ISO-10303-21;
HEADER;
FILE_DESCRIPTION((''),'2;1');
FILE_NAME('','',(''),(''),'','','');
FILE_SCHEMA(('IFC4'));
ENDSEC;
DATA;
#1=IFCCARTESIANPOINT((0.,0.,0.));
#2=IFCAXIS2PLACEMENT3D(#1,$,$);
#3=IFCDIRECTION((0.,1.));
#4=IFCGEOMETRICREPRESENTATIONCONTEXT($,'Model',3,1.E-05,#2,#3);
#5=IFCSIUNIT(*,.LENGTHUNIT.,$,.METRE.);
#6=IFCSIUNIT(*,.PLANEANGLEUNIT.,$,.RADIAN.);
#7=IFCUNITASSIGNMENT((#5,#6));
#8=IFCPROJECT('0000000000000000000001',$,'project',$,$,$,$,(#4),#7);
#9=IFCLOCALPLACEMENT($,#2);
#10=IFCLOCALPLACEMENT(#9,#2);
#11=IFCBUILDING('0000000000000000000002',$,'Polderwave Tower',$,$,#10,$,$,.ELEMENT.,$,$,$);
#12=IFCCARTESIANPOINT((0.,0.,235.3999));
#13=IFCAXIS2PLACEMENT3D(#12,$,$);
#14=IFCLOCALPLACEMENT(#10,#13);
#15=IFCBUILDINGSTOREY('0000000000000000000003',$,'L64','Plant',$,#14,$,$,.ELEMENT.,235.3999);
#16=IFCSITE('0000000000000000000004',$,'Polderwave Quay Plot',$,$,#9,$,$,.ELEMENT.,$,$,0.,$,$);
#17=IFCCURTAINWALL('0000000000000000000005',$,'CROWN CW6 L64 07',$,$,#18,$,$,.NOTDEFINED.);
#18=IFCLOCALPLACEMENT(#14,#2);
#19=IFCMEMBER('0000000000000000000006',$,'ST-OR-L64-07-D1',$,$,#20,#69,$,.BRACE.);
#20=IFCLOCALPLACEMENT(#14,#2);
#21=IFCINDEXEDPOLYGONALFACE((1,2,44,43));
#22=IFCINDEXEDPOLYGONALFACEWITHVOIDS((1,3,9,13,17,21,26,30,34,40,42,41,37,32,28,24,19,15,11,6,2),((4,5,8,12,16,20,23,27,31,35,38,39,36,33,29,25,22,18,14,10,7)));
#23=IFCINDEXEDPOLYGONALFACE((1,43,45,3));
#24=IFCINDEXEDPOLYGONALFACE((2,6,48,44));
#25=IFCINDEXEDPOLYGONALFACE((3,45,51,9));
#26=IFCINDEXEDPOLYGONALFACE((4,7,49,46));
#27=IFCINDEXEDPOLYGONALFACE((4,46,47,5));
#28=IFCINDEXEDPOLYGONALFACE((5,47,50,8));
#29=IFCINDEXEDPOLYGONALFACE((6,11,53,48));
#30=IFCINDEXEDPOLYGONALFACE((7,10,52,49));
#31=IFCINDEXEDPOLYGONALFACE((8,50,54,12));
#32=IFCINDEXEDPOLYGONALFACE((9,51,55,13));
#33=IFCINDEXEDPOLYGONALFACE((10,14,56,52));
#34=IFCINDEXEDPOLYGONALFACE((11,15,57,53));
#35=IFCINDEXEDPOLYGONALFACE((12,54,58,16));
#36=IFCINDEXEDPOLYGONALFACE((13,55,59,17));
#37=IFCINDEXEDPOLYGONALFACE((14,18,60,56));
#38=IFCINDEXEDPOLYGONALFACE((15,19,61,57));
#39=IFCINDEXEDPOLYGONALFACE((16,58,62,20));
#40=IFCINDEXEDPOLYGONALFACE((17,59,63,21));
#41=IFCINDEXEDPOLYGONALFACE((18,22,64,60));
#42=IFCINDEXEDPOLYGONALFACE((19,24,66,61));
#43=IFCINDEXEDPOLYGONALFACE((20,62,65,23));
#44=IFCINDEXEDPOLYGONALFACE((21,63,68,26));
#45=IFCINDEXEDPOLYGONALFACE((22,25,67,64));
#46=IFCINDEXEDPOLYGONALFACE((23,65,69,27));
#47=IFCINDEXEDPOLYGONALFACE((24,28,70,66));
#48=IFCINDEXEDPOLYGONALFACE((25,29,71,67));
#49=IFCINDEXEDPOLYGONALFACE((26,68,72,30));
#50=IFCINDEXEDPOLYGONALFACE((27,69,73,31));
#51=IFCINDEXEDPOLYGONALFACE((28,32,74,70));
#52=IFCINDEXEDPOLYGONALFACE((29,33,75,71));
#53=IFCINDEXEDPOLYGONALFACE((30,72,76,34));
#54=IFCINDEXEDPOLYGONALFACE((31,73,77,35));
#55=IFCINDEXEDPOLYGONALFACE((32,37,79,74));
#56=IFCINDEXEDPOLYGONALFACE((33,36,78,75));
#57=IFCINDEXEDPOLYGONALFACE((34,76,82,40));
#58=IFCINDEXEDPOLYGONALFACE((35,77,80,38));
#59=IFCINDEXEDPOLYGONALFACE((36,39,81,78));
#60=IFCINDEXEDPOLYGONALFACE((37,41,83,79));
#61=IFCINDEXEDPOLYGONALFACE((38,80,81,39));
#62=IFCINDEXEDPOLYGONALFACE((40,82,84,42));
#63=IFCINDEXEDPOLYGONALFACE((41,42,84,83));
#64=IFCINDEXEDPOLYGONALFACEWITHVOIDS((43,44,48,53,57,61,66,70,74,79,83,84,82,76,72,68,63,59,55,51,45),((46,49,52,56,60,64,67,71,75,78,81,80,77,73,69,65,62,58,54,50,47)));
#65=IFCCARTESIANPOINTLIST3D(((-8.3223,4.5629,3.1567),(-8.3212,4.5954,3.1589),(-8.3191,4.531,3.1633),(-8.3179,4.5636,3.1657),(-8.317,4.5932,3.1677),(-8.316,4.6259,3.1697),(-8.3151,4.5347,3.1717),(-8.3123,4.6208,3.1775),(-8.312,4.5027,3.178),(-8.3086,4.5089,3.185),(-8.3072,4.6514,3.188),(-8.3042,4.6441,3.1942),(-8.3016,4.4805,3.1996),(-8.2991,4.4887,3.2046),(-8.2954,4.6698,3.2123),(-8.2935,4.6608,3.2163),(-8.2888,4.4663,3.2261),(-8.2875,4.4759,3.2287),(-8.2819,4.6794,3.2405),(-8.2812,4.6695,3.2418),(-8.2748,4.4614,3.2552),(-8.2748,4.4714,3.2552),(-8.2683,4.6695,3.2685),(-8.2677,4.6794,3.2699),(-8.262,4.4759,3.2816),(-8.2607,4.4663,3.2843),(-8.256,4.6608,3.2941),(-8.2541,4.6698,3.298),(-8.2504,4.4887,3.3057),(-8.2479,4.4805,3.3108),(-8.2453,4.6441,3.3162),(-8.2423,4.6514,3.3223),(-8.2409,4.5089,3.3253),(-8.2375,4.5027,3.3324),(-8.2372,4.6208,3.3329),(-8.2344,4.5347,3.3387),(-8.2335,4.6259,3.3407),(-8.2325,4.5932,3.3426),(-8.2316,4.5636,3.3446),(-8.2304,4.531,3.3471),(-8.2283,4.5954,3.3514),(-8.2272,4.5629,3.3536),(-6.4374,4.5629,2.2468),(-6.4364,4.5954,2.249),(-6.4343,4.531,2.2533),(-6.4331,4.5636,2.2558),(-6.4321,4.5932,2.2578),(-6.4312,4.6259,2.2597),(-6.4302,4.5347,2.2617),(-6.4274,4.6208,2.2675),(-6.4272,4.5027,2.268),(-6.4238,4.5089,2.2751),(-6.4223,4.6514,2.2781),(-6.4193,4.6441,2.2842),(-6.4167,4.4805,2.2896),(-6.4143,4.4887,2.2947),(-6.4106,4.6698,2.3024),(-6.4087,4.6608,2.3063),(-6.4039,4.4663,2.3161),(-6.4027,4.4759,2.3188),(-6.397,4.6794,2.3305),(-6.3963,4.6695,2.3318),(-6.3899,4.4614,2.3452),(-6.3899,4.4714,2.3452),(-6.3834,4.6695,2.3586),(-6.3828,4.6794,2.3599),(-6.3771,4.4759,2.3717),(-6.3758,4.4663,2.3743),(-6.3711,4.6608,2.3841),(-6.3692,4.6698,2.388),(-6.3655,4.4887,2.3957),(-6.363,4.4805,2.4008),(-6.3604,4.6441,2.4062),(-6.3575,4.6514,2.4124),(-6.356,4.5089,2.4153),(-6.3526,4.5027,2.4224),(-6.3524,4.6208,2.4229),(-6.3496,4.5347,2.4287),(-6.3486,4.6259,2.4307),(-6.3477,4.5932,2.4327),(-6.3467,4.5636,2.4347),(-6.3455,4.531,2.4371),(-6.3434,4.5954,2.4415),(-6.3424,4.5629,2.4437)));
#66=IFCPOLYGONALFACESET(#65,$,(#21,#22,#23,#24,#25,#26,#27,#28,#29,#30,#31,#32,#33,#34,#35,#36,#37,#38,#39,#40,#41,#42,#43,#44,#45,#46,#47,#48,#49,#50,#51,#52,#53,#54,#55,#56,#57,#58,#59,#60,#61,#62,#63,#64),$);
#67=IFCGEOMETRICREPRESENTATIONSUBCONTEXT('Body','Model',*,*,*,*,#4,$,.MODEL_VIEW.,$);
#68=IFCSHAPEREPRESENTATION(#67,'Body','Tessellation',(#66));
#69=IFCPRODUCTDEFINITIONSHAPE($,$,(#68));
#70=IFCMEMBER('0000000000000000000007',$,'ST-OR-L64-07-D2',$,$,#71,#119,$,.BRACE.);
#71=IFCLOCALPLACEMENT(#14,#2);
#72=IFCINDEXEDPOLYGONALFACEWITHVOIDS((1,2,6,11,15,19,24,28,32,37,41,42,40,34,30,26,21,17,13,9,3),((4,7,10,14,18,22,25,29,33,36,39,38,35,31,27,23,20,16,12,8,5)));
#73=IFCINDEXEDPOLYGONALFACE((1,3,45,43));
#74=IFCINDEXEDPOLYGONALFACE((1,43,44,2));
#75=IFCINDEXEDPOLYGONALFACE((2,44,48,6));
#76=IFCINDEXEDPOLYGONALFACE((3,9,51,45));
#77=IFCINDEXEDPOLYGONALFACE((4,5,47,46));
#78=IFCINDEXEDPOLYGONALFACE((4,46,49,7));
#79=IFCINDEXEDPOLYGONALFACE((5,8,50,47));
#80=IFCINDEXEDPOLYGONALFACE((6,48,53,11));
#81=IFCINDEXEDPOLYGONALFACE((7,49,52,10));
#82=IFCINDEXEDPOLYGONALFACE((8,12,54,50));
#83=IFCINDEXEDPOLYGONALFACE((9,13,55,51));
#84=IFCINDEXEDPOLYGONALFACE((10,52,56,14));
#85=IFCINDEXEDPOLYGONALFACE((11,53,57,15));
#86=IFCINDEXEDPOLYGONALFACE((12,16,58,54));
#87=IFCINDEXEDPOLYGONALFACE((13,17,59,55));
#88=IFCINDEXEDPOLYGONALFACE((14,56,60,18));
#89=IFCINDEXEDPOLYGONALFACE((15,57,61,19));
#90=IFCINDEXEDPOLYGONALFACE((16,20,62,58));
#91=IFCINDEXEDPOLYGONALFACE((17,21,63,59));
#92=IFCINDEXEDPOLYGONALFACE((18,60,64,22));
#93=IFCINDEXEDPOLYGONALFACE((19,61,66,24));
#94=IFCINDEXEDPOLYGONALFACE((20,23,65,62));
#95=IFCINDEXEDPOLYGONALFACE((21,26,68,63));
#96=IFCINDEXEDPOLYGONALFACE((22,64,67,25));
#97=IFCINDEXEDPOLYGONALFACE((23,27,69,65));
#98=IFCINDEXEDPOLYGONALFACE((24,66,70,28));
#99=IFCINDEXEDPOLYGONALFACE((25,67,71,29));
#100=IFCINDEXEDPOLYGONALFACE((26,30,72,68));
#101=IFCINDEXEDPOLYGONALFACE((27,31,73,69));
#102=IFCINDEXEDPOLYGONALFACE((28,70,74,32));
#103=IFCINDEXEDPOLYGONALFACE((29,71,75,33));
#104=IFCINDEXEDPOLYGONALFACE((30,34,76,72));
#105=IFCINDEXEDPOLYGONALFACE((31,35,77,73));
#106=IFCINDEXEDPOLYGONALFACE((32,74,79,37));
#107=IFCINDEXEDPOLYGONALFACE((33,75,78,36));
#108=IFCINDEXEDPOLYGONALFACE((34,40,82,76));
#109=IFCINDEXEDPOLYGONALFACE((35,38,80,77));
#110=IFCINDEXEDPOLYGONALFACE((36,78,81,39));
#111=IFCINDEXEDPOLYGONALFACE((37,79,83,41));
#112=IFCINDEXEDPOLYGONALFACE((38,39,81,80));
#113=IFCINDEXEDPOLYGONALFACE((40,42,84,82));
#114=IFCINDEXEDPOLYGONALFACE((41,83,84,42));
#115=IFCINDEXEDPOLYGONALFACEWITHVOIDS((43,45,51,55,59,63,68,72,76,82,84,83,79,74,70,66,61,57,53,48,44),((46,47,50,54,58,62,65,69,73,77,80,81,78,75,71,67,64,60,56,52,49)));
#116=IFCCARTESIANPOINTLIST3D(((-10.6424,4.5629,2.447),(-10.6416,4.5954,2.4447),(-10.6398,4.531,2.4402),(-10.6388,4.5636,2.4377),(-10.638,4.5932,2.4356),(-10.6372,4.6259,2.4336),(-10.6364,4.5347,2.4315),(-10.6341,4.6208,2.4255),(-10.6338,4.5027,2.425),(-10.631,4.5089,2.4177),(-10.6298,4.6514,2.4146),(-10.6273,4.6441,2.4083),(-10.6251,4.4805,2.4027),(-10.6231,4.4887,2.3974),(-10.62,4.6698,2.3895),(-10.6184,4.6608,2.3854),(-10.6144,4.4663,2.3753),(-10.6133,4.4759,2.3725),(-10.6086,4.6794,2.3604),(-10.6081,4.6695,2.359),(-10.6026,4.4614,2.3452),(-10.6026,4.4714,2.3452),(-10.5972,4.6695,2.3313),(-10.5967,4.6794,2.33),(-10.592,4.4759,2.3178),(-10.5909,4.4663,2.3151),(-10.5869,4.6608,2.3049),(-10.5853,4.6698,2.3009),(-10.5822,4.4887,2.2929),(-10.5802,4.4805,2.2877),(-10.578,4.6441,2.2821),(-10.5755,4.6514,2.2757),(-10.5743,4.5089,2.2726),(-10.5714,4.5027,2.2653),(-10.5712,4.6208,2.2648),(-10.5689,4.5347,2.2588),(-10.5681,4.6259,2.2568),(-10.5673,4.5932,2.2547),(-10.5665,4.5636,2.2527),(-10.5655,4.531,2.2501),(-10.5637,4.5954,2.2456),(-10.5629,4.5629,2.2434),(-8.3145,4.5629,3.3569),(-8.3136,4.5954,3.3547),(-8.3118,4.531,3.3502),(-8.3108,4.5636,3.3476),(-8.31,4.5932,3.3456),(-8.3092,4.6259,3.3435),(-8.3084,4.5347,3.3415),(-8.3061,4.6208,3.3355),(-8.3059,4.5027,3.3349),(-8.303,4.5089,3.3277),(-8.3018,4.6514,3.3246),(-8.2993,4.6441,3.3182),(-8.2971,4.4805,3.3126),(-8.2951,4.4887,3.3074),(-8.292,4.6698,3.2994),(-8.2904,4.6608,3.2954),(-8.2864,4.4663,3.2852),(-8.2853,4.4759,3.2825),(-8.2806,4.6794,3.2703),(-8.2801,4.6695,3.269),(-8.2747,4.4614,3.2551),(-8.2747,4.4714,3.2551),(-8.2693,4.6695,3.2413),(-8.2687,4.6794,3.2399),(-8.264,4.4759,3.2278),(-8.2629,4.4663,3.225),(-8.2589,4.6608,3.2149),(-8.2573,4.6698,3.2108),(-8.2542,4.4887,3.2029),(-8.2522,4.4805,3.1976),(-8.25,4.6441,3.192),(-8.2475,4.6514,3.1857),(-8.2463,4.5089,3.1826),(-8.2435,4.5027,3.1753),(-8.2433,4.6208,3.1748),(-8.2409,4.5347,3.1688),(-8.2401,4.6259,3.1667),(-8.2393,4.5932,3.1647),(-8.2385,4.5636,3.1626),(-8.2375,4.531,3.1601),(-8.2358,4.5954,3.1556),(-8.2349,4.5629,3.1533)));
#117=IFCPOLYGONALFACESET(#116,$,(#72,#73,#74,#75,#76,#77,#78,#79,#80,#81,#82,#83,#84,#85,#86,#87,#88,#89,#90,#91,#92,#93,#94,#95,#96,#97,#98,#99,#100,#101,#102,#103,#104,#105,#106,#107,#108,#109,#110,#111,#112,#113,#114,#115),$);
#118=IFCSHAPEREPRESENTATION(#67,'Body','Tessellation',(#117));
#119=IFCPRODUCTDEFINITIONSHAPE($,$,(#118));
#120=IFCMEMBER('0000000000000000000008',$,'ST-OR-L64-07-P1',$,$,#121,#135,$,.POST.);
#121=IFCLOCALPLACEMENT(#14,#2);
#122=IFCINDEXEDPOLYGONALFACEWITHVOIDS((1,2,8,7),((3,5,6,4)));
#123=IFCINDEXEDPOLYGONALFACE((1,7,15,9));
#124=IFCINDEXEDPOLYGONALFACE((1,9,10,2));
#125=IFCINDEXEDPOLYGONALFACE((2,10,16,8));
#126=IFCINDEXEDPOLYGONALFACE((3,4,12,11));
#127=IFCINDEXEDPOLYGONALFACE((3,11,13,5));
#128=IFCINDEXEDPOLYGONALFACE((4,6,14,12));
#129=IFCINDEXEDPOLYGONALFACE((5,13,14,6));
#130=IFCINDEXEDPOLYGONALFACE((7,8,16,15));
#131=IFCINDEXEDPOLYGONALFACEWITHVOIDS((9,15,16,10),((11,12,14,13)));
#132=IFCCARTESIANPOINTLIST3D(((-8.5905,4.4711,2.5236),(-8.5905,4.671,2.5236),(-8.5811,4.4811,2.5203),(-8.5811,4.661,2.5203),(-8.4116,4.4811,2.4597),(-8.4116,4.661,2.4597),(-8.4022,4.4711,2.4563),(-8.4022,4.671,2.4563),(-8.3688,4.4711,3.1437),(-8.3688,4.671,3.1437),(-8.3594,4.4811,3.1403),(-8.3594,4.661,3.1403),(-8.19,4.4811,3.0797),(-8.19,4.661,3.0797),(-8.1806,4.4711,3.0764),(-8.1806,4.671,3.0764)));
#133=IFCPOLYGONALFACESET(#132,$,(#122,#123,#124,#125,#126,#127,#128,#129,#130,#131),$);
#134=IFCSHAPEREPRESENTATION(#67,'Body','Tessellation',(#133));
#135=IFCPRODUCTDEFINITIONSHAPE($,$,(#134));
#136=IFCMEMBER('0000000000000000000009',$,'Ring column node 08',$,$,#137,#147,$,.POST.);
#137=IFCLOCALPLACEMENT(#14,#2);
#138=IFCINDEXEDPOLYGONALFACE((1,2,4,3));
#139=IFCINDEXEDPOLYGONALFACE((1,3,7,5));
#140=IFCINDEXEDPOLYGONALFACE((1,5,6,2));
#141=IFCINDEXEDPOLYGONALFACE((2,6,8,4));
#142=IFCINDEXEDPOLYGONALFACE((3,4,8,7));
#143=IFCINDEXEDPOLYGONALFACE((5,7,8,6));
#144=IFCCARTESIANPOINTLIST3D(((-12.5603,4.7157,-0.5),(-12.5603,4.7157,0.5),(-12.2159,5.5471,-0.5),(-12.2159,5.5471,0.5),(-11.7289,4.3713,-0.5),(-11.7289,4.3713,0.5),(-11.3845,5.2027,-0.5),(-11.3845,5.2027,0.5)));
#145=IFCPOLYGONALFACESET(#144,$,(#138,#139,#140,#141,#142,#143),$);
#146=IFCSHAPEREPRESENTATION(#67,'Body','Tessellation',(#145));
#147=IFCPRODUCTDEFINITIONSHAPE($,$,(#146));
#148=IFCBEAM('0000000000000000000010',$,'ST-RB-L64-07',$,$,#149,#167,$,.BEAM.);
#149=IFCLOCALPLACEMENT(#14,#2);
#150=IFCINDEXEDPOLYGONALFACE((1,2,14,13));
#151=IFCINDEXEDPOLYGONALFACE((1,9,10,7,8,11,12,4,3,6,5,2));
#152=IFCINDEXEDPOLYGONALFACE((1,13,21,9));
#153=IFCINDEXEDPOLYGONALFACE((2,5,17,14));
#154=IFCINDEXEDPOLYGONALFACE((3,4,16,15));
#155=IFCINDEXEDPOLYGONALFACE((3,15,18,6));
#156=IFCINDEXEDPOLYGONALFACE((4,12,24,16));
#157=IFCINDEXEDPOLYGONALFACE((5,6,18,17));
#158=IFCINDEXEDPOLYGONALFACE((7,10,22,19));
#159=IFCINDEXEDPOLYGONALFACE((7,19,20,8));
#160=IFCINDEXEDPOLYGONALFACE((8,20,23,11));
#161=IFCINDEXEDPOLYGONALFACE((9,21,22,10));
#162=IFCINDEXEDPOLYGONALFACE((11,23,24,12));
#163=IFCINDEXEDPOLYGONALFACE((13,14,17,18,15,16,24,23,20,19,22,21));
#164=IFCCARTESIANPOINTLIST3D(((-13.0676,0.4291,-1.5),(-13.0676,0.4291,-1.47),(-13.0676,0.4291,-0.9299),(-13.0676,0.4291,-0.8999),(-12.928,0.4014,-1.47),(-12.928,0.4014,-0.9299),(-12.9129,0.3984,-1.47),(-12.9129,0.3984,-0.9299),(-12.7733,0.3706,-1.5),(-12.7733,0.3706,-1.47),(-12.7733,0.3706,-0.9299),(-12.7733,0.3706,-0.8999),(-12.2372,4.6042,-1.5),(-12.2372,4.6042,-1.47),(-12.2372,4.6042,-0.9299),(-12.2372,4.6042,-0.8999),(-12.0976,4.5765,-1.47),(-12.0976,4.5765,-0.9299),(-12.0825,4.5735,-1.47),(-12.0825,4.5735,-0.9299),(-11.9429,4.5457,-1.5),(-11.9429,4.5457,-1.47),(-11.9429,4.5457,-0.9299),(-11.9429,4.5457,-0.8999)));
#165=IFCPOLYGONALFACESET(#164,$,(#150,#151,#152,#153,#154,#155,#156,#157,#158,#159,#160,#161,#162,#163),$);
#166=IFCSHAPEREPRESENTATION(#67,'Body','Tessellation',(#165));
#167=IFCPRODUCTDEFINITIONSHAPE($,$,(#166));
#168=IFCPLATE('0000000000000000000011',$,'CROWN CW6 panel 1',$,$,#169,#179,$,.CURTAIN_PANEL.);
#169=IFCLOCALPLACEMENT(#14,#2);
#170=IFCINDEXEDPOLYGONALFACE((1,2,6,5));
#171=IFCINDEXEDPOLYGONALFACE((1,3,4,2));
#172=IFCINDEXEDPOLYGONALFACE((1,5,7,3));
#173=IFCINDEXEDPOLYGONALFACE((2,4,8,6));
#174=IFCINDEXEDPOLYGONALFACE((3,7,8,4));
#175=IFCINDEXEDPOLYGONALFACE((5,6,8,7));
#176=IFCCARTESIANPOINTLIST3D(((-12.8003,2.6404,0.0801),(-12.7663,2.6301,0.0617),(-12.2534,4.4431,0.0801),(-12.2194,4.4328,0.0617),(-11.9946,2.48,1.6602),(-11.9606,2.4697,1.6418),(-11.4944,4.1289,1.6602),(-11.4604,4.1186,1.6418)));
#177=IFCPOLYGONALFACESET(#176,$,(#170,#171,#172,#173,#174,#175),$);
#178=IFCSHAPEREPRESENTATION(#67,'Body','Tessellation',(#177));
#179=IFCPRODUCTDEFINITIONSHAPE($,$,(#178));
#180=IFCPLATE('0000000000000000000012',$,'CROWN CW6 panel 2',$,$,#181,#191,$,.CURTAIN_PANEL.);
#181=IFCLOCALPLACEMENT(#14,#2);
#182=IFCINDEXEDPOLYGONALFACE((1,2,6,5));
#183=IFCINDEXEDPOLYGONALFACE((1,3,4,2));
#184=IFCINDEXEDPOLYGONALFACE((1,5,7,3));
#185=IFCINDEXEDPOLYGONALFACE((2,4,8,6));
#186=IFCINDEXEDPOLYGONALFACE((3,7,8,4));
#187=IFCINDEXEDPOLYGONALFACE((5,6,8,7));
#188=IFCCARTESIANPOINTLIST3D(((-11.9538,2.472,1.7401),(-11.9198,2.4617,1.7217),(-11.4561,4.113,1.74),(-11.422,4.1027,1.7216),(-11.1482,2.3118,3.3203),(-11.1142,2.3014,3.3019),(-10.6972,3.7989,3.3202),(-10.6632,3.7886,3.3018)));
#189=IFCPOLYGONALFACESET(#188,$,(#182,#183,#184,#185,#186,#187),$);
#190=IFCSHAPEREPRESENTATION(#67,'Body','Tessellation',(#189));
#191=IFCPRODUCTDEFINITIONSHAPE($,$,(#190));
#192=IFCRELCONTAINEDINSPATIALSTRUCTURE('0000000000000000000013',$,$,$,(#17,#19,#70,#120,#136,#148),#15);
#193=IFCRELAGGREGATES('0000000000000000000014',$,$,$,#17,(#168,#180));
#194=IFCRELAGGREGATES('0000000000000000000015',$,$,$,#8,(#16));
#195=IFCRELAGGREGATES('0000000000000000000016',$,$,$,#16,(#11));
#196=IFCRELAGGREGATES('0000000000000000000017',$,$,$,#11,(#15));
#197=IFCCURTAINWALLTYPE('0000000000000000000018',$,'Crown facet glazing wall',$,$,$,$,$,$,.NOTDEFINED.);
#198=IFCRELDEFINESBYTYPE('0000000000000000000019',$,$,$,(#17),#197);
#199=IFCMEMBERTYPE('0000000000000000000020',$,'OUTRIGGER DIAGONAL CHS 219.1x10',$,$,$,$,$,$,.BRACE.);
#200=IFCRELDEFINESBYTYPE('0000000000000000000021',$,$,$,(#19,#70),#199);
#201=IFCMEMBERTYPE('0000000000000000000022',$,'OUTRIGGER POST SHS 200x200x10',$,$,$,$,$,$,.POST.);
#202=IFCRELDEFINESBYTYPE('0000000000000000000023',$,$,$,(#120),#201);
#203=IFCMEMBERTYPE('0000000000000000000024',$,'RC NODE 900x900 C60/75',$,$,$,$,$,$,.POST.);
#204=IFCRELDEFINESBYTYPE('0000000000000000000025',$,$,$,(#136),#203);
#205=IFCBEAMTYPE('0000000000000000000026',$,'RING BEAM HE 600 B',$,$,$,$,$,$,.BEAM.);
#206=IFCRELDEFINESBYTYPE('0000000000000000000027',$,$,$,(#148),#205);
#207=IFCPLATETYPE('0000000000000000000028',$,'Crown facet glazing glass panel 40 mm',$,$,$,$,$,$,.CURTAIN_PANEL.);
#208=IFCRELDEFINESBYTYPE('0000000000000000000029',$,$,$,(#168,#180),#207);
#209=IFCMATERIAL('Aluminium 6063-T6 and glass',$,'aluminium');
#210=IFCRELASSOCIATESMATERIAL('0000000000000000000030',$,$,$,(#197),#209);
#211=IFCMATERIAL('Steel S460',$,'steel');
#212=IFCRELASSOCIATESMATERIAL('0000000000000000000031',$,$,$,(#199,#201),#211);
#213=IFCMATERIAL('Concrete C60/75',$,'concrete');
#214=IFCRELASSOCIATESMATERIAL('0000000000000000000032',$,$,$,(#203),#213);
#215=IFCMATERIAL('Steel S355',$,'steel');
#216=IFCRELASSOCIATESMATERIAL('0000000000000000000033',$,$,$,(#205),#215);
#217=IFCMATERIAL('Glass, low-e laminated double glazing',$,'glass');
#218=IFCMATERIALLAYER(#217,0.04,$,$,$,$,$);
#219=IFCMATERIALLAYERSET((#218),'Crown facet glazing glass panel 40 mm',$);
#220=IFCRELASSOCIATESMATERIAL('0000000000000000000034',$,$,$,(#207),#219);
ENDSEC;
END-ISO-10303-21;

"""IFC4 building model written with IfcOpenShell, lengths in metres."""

from ifc_helpers import new_model, si_unit, direction, frame, origin, origin_2d, place, context, subcontext, project, spatial, polyline, rectangle, hollow_rectangle, hollow_circle, i_section, outline, extrude, material, layer, layer_set, material_profile, profile_set, type_object, element, aggregate, save


model = new_model("IFC4")

# Units and contexts
model_context = context("Model", 3, precision=1e-05, world=origin(), true_north=direction((0.0, 1.0)))
body_context = subcontext(model_context, "Body", "Model", "MODEL_VIEW")
ifc_project = project(units=[si_unit("LENGTHUNIT", "METRE"), si_unit("PLANEANGLEUNIT", "RADIAN")], contexts=[model_context])

# Site, building, storey
site_placement = place(None, origin())
site = spatial("IfcSite", under=ifc_project, at=site_placement, Name="Polderwave Quay Plot", CompositionType="ELEMENT", RefElevation=0.0)
building_placement = place(site_placement, origin())
building = spatial("IfcBuilding", under=site, at=building_placement, Name="Polderwave Tower", CompositionType="ELEMENT")
storey_placement = place(building_placement, frame((0.0, 0.0, 235.3999)))
storey = spatial("IfcBuildingStorey", under=building, at=storey_placement, Name="L64", Description="Plant", CompositionType="ELEMENT", Elevation=235.3999)

# Shared definitions
ifc_material_1 = material(Name="Concrete C60/75", Category="concrete")

# Shared definitions
ifc_material_2 = material(Name="Steel S460", Category="steel")

# Shared definitions
ifc_material_3 = material(Name="Aluminium 6063-T6 and glass", Category="aluminium")
curtain_wall_type = type_object("IfcCurtainWallType", Name="Crown facet glazing wall", PredefinedType="NOTDEFINED", material=ifc_material_3)

# Curtain wall
curtain_wall_1_placement = place(storey_placement, origin())
curtain_wall_1 = element("IfcCurtainWall", 1, at=curtain_wall_1_placement, inside=storey, type_object=curtain_wall_type, Name="CROWN CW6 L64 07", PredefinedType="NOTDEFINED")

# Members
ifc_material_profile_1 = material_profile(ifc_material_2, hollow_circle(Radius=0.1096, WallThickness=0.01, at=origin_2d()), Name="CHS 219.1x10")
ifc_profile_set_1 = profile_set([ifc_material_profile_1], Name="Steel S460")
member_type_1 = type_object("IfcMemberType", Name="OUTRIGGER DIAGONAL CHS 219.1x10", PredefinedType="BRACE", material=ifc_profile_set_1)
member_1_placement = place(storey_placement, frame((-6.3899, 4.571, 2.3452), z_axis=(-0.900547, 0.0, 0.434759), x_axis=(0.0, -1.0, 0.0)))
element("IfcMember", 2, at=member_1_placement, inside=storey, type_object=member_type_1, Name="ST-OR-L64-07-D1", PredefinedType="BRACE", context=body_context, shape_type="SweptSolid", body=[
    extrude(hollow_circle(Radius=0.1096, WallThickness=0.01, at=origin_2d()), origin(), (0.0, 0.0, 1.0), 2.093),
])
member_2_placement = place(storey_placement, frame((-8.2747, 4.571, 3.2551), z_axis=(-0.931378, 0.0, -0.364053), x_axis=(0.0, -1.0, 0.0)))
element("IfcMember", 3, at=member_2_placement, inside=storey, type_object=member_type_1, Name="ST-OR-L64-07-D2", PredefinedType="BRACE", context=body_context, shape_type="SweptSolid", body=[
    extrude(hollow_circle(Radius=0.1096, WallThickness=0.01, at=origin_2d()), origin(), (0.0, 0.0, 1.0), 2.4995),
])
ifc_material_profile_2 = material_profile(ifc_material_2, hollow_rectangle(XDim=0.2, YDim=0.2, WallThickness=0.01, at=origin_2d()), Name="SHS 200x200x10")
ifc_profile_set_2 = profile_set([ifc_material_profile_2], Name="Steel S460")
member_type_2 = type_object("IfcMemberType", Name="OUTRIGGER POST SHS 200x200x10", PredefinedType="POST", material=ifc_profile_set_2)
member_3_placement = place(storey_placement, frame((-8.4963, 4.571, 2.49), z_axis=(0.336618, 0.0, 0.941641), x_axis=(0.0, 1.0, 0.0)))
element("IfcMember", 4, at=member_3_placement, inside=storey, type_object=member_type_2, Name="ST-OR-L64-07-P1", PredefinedType="POST", context=body_context, shape_type="SweptSolid", body=[
    extrude(hollow_rectangle(XDim=0.2, YDim=0.2, WallThickness=0.01, at=origin_2d()), origin(), (0.0, 0.0, 1.0), 0.6584),
])
ifc_material_profile_3 = material_profile(ifc_material_1, rectangle(XDim=0.8999, YDim=0.8999, at=origin_2d()), Name="RC 900x900")
ifc_profile_set_3 = profile_set([ifc_material_profile_3], Name="Concrete C60/75")
member_type_3 = type_object("IfcMemberType", Name="RC NODE 900x900 C60/75", PredefinedType="POST", material=ifc_profile_set_3)
member_4_placement = place(storey_placement, frame((-11.9724, 4.9592, -0.5), z_axis=(0.0, 0.0, 1.0), x_axis=(-0.92388, 0.382683, 0.0)))
element("IfcMember", 5, at=member_4_placement, inside=storey, type_object=member_type_3, Name="Ring column node 08", PredefinedType="POST", context=body_context, shape_type="SweptSolid", body=[
    extrude(rectangle(XDim=0.8999, YDim=0.8999, at=origin_2d()), origin(), (0.0, 0.0, 1.0), 1.0),
])

# Beam
ifc_material_4 = material(Name="Steel S355", Category="steel")
ifc_material_profile_4 = material_profile(ifc_material_4, i_section(OverallWidth=0.3, OverallDepth=0.6001, WebThickness=0.0154, FlangeThickness=0.03, at=origin_2d()), Name="HE 600 B")
ifc_profile_set_4 = profile_set([ifc_material_profile_4], Name="Steel S355")
beam_type_1 = type_object("IfcBeamType", Name="RING BEAM HE 600 B", PredefinedType="BEAM", material=ifc_profile_set_4)
beam_placement = place(storey_placement, frame((-12.0901, 4.575, -1.2), z_axis=(-0.195057, -0.980792, 0.0), x_axis=(0.980792, -0.195057, 0.0)))
element("IfcBeam", 6, at=beam_placement, inside=storey, type_object=beam_type_1, Name="ST-RB-L64-07", PredefinedType="BEAM", context=body_context, shape_type="SweptSolid", body=[
    extrude(i_section(OverallWidth=0.3, OverallDepth=0.6001, WebThickness=0.0154, FlangeThickness=0.03, at=origin_2d()), origin(), (0.0, 0.0, 1.0), 4.2568),
])

# Plates
ifc_material_5 = material(Name="Glass, low-e laminated double glazing", Category="glass")
ifc_layer = layer(ifc_material_5, 0.04)
ifc_layer_set = layer_set([ifc_layer], Name="Crown facet glazing glass panel 40 mm")
plate_type = type_object("IfcPlateType", Name="Crown facet glazing glass panel 40 mm", PredefinedType="CURTAIN_PANEL", material=ifc_layer_set)
plate_1_placement = place(storey_placement, frame((-12.2534, 4.4431, 0.0801), z_axis=(-0.849908, 0.257834, 0.45954), x_axis=(-0.290301, -0.956935, 0.000003)))
plate_1 = element("IfcPlate", 7, at=plate_1_placement, type_object=plate_type, Name="CROWN CW6 panel 1", PredefinedType="CURTAIN_PANEL", context=body_context, shape_type="SweptSolid", body=[
    extrude(outline(polyline([(0.0, 0.0), (1.8839, 0.0), (1.8035, 1.779), (0.0803, 1.7791), (0.0, 0.0)])), origin(), (0.0, 0.0, -1.0), 0.04),
])
plate_2_placement = place(storey_placement, frame((-11.4561, 4.113, 1.74), z_axis=(-0.849965, 0.257818, 0.459445), x_axis=(-0.290242, -0.956953, 0.000054)))
plate_2 = element("IfcPlate", 8, at=plate_2_placement, type_object=plate_type, Name="CROWN CW6 panel 2", PredefinedType="CURTAIN_PANEL", context=body_context, shape_type="SweptSolid", body=[
    extrude(outline(polyline([(0.0, 0.0), (1.7149, 0.0), (1.6345, 1.7791), (0.0805, 1.7791), (0.0, 0.0)])), origin(), (0.0, 0.0, -1.0), 0.04),
])
aggregate(curtain_wall_1, [plate_1, plate_2])

save(model, "model.ifc")
